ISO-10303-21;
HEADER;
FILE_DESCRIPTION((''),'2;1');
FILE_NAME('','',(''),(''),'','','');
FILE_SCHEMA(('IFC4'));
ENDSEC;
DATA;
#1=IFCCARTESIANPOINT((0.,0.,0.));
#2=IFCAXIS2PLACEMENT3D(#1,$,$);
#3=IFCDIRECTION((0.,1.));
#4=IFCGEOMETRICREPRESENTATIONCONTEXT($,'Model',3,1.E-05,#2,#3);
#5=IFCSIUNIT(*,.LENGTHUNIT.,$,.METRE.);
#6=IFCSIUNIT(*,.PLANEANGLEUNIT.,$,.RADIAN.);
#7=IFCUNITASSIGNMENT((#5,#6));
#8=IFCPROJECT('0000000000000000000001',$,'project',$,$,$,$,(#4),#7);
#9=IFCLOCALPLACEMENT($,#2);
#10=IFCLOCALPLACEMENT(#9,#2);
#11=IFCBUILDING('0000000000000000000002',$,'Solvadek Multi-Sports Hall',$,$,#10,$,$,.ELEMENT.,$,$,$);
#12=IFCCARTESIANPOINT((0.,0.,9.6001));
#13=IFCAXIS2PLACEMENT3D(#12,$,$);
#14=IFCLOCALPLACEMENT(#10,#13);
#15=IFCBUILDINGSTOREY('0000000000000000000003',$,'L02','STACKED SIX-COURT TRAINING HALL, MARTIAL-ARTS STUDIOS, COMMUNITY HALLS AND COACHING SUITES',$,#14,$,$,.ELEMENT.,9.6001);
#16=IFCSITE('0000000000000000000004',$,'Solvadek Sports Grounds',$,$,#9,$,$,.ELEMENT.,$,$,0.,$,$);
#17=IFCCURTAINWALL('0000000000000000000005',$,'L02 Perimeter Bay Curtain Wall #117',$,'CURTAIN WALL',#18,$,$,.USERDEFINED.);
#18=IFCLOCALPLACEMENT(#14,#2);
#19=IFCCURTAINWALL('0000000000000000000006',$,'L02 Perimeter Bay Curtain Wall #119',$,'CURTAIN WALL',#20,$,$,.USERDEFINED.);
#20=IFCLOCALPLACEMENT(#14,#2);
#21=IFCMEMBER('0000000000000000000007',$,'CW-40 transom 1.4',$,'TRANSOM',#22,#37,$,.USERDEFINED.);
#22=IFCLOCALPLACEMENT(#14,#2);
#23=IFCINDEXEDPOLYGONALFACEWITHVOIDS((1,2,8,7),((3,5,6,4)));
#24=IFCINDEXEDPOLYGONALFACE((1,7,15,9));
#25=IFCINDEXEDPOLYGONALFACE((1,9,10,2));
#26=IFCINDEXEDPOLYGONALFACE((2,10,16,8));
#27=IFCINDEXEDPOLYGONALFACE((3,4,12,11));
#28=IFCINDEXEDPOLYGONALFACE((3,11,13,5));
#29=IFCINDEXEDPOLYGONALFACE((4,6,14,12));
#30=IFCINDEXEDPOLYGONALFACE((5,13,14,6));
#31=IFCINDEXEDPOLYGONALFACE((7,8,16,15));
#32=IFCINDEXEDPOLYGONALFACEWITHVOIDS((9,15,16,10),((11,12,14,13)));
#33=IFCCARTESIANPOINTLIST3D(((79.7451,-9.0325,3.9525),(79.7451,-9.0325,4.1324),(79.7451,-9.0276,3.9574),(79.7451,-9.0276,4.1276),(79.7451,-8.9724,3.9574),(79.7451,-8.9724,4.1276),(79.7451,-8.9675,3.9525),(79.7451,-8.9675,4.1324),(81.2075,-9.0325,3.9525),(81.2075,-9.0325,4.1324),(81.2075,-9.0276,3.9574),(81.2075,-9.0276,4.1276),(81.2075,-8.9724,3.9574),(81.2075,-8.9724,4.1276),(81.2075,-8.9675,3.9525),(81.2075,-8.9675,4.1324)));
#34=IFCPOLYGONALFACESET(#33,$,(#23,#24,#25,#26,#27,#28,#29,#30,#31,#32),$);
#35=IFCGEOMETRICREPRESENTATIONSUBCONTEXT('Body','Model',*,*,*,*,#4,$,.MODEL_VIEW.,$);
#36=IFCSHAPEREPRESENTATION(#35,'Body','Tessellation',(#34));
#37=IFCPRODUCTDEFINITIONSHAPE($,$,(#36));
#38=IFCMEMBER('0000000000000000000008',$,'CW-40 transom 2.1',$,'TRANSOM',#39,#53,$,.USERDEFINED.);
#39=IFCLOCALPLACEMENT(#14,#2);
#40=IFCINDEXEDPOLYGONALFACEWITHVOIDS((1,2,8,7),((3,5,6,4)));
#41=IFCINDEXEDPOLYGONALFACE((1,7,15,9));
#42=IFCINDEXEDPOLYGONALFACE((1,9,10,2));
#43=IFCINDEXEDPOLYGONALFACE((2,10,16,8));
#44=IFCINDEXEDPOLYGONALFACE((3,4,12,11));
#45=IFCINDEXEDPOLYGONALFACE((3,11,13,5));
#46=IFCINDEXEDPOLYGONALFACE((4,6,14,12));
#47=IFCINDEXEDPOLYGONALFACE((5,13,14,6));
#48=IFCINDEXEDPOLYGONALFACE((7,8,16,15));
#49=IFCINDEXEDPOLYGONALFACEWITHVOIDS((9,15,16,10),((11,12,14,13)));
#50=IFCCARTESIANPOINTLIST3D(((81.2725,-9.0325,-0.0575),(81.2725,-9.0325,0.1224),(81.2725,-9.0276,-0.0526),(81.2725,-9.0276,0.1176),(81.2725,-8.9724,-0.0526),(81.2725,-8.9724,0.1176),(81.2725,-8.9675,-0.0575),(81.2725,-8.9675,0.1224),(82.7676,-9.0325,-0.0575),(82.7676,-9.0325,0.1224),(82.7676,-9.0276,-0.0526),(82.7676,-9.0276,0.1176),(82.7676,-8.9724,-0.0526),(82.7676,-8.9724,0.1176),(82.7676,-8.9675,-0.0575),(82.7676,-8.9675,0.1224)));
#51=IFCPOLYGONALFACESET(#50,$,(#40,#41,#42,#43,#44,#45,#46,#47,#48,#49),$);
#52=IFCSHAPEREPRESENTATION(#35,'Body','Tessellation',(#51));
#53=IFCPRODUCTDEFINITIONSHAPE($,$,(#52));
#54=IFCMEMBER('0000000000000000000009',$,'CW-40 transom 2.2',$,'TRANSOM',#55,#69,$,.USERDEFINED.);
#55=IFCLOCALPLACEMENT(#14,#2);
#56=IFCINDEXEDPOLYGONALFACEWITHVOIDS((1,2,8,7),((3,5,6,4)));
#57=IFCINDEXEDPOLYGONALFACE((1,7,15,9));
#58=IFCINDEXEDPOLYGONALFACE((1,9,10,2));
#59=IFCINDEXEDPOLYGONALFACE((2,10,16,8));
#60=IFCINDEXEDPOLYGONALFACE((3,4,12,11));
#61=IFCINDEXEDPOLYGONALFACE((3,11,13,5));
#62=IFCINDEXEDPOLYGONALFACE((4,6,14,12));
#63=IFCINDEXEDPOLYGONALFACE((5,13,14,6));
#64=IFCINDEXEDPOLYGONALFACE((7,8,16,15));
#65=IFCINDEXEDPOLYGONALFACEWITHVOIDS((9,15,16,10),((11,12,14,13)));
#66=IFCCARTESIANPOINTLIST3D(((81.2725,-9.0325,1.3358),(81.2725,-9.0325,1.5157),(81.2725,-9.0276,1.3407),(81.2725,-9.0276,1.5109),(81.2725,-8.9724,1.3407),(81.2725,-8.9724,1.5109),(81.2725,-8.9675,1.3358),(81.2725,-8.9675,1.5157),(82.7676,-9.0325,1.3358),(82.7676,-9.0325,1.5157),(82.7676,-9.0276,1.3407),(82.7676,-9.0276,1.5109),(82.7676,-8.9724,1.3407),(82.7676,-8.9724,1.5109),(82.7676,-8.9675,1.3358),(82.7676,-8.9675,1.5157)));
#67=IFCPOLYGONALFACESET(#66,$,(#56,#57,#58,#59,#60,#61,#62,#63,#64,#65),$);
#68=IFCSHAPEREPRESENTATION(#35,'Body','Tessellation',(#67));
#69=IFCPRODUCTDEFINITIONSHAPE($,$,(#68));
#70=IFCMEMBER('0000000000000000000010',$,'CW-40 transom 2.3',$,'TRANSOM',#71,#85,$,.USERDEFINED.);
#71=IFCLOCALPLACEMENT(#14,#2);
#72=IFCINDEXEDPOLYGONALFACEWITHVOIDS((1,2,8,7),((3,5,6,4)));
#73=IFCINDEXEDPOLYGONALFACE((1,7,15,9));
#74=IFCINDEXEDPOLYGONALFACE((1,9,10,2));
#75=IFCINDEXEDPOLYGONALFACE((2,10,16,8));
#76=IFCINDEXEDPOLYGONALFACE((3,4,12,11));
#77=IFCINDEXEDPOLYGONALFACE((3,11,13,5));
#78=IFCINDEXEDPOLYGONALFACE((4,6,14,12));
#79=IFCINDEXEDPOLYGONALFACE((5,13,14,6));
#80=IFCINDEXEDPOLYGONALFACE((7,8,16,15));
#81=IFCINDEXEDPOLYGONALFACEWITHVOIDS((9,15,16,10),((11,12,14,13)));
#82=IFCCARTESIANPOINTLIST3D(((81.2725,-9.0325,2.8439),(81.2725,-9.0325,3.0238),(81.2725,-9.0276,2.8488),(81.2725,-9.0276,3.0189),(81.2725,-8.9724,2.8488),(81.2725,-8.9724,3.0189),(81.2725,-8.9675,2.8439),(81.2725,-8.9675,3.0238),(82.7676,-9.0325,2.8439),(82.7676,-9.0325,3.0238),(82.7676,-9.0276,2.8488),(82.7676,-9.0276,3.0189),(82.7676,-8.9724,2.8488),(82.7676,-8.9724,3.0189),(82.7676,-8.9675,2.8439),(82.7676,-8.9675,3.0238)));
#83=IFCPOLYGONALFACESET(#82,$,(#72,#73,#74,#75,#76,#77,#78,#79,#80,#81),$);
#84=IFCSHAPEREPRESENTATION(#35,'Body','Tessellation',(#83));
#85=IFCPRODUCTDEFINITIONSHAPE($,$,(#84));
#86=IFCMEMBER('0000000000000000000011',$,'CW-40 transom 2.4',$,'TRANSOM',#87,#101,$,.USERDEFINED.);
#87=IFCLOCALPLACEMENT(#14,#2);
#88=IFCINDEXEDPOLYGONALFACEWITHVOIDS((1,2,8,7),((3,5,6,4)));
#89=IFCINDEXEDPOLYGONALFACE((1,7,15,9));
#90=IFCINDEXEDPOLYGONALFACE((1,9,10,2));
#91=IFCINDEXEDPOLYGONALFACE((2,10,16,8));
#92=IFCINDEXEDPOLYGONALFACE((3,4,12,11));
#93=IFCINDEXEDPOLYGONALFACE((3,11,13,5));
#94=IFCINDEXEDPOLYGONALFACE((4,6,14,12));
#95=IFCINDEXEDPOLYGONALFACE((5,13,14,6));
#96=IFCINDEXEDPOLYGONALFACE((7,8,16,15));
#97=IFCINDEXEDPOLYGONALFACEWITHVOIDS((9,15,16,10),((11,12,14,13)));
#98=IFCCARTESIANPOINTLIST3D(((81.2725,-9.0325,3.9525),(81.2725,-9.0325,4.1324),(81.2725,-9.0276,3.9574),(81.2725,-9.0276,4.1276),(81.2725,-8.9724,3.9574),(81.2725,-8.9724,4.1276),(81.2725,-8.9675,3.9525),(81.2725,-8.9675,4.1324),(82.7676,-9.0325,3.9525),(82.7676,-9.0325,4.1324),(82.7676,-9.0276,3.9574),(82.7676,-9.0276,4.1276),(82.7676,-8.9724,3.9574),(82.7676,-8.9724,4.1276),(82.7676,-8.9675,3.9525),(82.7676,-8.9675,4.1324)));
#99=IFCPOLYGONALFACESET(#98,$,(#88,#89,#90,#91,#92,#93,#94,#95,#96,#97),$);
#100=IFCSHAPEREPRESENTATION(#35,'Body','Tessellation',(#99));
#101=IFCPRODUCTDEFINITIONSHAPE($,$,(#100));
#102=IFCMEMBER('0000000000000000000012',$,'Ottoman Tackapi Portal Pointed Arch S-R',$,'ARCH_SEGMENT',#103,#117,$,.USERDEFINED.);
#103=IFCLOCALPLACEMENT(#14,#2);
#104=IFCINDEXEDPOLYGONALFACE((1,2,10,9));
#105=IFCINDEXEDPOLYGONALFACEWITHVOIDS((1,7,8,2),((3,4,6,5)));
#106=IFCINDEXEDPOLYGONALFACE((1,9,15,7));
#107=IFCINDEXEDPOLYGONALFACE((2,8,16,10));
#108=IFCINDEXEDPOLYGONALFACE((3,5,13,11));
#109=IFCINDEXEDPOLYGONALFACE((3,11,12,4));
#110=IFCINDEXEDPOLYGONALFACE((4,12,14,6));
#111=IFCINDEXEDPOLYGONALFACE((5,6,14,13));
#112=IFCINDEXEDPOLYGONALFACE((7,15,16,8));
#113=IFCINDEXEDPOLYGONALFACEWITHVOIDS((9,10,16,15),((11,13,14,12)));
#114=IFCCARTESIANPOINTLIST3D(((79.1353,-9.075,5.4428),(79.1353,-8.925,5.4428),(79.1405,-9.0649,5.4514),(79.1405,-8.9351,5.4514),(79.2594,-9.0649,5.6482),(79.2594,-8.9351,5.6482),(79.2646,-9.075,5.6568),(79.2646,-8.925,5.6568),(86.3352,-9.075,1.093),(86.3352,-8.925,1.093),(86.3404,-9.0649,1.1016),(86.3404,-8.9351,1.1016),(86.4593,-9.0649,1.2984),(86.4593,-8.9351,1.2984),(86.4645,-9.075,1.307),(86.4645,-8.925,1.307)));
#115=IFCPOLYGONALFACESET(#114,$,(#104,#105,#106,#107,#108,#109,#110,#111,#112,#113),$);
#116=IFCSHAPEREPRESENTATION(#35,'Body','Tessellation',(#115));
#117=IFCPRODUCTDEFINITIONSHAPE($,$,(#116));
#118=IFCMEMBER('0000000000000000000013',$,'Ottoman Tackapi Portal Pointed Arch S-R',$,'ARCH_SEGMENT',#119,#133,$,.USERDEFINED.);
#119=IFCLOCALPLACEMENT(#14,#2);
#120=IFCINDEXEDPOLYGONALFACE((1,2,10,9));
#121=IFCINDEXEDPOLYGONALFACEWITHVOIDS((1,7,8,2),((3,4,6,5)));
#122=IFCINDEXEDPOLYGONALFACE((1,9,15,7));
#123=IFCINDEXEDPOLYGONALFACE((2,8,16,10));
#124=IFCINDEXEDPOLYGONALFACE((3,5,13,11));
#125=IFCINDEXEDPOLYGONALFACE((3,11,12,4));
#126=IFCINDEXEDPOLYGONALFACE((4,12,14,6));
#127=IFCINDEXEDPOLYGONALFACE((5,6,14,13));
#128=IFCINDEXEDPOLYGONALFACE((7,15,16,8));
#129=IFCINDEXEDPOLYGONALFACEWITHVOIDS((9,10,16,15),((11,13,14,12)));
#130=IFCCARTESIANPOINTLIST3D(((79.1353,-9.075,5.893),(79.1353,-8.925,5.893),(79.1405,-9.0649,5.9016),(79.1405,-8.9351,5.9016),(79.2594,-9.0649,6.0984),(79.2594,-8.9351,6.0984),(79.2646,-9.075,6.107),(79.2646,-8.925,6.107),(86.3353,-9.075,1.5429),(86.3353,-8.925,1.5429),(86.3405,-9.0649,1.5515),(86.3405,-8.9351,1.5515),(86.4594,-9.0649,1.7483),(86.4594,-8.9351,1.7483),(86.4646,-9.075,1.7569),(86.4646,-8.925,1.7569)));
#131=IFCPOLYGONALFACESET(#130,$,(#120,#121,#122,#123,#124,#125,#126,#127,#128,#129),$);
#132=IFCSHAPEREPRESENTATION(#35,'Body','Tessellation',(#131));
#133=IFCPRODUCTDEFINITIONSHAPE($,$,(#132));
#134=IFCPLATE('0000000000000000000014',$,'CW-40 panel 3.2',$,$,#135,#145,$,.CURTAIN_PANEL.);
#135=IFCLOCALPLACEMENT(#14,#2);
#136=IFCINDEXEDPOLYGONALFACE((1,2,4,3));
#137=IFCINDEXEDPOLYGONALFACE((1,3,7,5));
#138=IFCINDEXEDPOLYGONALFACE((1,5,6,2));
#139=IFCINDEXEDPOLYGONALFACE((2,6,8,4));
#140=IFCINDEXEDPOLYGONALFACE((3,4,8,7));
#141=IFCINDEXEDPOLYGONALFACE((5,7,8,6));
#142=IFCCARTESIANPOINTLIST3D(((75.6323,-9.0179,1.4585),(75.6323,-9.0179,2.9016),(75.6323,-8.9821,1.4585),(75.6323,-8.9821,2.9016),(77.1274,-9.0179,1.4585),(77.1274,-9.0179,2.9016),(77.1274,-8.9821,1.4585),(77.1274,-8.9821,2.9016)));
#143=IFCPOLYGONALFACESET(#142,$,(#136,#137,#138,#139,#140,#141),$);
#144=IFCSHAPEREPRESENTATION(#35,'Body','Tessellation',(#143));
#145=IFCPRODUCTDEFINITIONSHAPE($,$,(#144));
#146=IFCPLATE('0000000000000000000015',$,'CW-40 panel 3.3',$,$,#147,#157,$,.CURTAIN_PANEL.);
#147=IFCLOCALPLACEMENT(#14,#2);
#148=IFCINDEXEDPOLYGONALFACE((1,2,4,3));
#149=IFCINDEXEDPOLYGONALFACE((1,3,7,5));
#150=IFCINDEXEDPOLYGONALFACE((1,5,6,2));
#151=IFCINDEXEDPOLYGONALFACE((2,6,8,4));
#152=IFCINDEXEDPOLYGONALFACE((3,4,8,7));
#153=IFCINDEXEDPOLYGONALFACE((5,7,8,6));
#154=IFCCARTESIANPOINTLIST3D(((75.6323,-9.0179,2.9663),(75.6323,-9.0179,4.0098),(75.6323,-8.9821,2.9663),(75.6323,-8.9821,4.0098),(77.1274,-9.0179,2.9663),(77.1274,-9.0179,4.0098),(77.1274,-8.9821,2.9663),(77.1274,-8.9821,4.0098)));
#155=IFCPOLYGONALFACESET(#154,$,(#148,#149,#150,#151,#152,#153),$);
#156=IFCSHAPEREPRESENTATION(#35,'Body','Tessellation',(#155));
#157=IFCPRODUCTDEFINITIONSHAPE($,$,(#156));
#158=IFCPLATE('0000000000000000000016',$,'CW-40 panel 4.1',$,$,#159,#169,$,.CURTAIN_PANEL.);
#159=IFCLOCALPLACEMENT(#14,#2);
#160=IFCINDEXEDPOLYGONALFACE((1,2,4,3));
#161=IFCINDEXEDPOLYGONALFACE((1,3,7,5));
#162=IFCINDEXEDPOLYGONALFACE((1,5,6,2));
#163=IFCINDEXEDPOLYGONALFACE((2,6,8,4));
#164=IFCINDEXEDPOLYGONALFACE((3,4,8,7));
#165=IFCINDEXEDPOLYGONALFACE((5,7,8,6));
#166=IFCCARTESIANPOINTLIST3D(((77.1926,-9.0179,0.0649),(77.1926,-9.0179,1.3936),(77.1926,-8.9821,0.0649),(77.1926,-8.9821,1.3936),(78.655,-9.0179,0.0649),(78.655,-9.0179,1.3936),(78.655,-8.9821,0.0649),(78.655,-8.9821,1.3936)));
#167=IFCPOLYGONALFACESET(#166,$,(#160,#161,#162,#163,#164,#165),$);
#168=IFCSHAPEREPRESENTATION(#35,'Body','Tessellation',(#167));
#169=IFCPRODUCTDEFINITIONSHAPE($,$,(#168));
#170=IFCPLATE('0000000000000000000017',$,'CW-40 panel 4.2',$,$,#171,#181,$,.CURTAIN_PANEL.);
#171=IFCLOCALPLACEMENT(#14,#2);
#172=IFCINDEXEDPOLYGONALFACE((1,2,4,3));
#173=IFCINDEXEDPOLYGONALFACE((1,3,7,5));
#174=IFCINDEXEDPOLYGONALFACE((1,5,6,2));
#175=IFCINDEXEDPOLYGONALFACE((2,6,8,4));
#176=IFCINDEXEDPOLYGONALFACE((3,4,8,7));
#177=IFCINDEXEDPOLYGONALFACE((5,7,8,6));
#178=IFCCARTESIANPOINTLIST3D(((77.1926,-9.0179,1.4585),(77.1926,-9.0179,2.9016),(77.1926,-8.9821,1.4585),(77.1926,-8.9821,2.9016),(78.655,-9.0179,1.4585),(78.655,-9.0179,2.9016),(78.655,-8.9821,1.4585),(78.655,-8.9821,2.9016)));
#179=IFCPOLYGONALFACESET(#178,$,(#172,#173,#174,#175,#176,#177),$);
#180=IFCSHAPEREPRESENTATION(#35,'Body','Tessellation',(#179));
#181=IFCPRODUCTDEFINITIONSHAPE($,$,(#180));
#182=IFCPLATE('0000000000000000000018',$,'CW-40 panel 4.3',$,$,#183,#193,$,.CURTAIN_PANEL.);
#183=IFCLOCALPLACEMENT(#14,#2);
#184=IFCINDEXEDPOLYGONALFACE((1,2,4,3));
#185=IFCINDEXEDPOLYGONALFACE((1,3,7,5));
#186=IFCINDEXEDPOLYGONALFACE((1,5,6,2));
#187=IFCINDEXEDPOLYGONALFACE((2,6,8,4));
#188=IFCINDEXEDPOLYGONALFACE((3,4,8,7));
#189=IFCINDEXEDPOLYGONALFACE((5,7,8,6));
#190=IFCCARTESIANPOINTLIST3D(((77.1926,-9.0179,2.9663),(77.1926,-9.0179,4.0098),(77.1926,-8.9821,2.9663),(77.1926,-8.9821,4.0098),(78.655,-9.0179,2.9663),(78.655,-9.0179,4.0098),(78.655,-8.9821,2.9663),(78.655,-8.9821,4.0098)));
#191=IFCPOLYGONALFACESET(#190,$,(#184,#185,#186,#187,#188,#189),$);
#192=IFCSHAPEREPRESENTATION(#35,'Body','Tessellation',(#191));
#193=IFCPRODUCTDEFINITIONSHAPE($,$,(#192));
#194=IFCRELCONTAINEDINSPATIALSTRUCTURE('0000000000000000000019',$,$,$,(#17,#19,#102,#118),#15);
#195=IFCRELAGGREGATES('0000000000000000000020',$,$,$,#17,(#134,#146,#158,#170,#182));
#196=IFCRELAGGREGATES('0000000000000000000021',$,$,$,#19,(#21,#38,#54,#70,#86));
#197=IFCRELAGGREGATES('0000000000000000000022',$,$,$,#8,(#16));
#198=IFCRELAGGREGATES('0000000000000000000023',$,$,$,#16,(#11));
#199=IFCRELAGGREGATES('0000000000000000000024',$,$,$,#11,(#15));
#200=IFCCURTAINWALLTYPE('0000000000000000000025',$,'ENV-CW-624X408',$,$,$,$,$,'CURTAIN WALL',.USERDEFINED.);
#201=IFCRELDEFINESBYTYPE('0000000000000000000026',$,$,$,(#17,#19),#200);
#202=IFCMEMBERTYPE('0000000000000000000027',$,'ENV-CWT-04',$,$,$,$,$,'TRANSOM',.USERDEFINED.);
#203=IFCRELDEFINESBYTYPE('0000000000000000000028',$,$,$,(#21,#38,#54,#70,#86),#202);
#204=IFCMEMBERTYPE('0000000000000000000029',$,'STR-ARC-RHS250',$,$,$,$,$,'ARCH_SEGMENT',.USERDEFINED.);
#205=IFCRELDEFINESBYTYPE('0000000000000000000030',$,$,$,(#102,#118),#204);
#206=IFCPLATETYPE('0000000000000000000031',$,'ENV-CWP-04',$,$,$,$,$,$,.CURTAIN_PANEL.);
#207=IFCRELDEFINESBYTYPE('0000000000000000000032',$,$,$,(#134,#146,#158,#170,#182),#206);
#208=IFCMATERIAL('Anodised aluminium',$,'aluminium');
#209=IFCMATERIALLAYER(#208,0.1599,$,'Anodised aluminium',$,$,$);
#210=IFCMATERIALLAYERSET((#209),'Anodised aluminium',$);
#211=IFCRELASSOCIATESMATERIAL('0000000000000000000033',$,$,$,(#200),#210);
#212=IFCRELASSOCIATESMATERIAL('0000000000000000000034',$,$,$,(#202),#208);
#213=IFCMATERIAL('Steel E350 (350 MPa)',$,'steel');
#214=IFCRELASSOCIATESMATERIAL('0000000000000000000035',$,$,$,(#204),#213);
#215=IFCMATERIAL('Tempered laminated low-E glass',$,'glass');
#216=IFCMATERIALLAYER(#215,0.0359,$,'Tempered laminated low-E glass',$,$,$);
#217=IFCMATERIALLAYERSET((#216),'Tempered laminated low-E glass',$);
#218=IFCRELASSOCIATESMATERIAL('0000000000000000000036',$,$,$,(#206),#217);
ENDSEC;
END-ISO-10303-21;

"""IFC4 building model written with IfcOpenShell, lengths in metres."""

from ifc_helpers import new_model, si_unit, direction, frame, origin, origin_2d, place, context, subcontext, project, spatial, rectangle, hollow_rectangle, extrude, material, layer, layer_set, material_profile, profile_set, type_object, element, aggregate, save


model = new_model("IFC4")

# Units and contexts
model_context = context("Model", 3, precision=1e-05, world=origin(), true_north=direction((0.0, 1.0)))
body_context = subcontext(model_context, "Body", "Model", "MODEL_VIEW")
ifc_project = project(units=[si_unit("LENGTHUNIT", "METRE"), si_unit("PLANEANGLEUNIT", "RADIAN")], contexts=[model_context])

# Site, building, storey
site_placement = place(None, origin())
site = spatial("IfcSite", under=ifc_project, at=site_placement, Name="Solvadek Sports Grounds", CompositionType="ELEMENT", RefElevation=0.0)
building_placement = place(site_placement, origin())
building = spatial("IfcBuilding", under=site, at=building_placement, Name="Solvadek Multi-Sports Hall", CompositionType="ELEMENT")
storey_placement = place(building_placement, frame((0.0, 0.0, 9.6001)))
storey = spatial("IfcBuildingStorey", under=building, at=storey_placement, Name="L02", Description="STACKED SIX-COURT TRAINING HALL, MARTIAL-ARTS STUDIOS, COMMUNITY HALLS AND COACHING SUITES", CompositionType="ELEMENT", Elevation=9.6001)

# Curtain walls
ifc_material_1 = material(Name="Anodised aluminium", Category="aluminium")
ifc_layer_1 = layer(ifc_material_1, 0.1599, Name="Anodised aluminium")
ifc_layer_set_1 = layer_set([ifc_layer_1], Name="Anodised aluminium")
curtain_wall_type = type_object("IfcCurtainWallType", Name="ENV-CW-624X408", ElementType="CURTAIN WALL", PredefinedType="USERDEFINED", material=ifc_layer_set_1)
curtain_wall_1_placement = place(storey_placement, origin())
curtain_wall_1 = element("IfcCurtainWall", 1, at=curtain_wall_1_placement, inside=storey, type_object=curtain_wall_type, Name="L02 Perimeter Bay Curtain Wall #117", ObjectType="CURTAIN WALL", PredefinedType="USERDEFINED")
curtain_wall_2_placement = place(storey_placement, origin())
curtain_wall_2 = element("IfcCurtainWall", 2, at=curtain_wall_2_placement, inside=storey, type_object=curtain_wall_type, Name="L02 Perimeter Bay Curtain Wall #119", ObjectType="CURTAIN WALL", PredefinedType="USERDEFINED")

# Members
ifc_material_profile_1 = material_profile(ifc_material_1, hollow_rectangle(XDim=0.0649, YDim=0.1799, WallThickness=0.0049, at=origin_2d()), Name="ALU-T 180x65x5")
ifc_profile_set_1 = profile_set([ifc_material_profile_1], Name="Anodised aluminium")
member_type_1 = type_object("IfcMemberType", Name="ENV-CWT-04", ElementType="TRANSOM", PredefinedType="USERDEFINED", material=ifc_profile_set_1)
member_1_placement = place(storey_placement, frame((79.7451, -9.0, 4.0425), z_axis=(1.0, 0.0, 0.0), x_axis=(0.0, 1.0, 0.0)))
member_1 = element("IfcMember", 3, at=member_1_placement, type_object=member_type_1, Name="CW-40 transom 1.4", ObjectType="TRANSOM", PredefinedType="USERDEFINED", context=body_context, shape_type="SweptSolid", body=[
    extrude(hollow_rectangle(XDim=0.0649, YDim=0.1799, WallThickness=0.0049, at=origin_2d()), origin(), (0.0, 0.0, 1.0), 1.4624),
])
member_2_placement = place(storey_placement, frame((81.2725, -9.0, 0.0325), z_axis=(1.0, 0.0, 0.0), x_axis=(0.0, 1.0, 0.0)))
member_2 = element("IfcMember", 4, at=member_2_placement, type_object=member_type_1, Name="CW-40 transom 2.1", ObjectType="TRANSOM", PredefinedType="USERDEFINED", context=body_context, shape_type="SweptSolid", body=[
    extrude(hollow_rectangle(XDim=0.0649, YDim=0.1799, WallThickness=0.0049, at=origin_2d()), origin(), (0.0, 0.0, 1.0), 1.4951),
])
member_3_placement = place(storey_placement, frame((81.2725, -9.0, 1.4258), z_axis=(1.0, 0.0, 0.0), x_axis=(0.0, 1.0, 0.0)))
member_3 = element("IfcMember", 5, at=member_3_placement, type_object=member_type_1, Name="CW-40 transom 2.2", ObjectType="TRANSOM", PredefinedType="USERDEFINED", context=body_context, shape_type="SweptSolid", body=[
    extrude(hollow_rectangle(XDim=0.0649, YDim=0.1799, WallThickness=0.0049, at=origin_2d()), origin(), (0.0, 0.0, 1.0), 1.4951),
])
member_4_placement = place(storey_placement, frame((81.2725, -9.0, 2.9338), z_axis=(1.0, 0.0, 0.0), x_axis=(0.0, 1.0, 0.0)))
member_4 = element("IfcMember", 6, at=member_4_placement, type_object=member_type_1, Name="CW-40 transom 2.3", ObjectType="TRANSOM", PredefinedType="USERDEFINED", context=body_context, shape_type="SweptSolid", body=[
    extrude(hollow_rectangle(XDim=0.0649, YDim=0.1799, WallThickness=0.0049, at=origin_2d()), origin(), (0.0, 0.0, 1.0), 1.4951),
])
member_5_placement = place(storey_placement, frame((81.2725, -9.0, 4.0425), z_axis=(1.0, 0.0, 0.0), x_axis=(0.0, 1.0, 0.0)))
member_5 = element("IfcMember", 7, at=member_5_placement, type_object=member_type_1, Name="CW-40 transom 2.4", ObjectType="TRANSOM", PredefinedType="USERDEFINED", context=body_context, shape_type="SweptSolid", body=[
    extrude(hollow_rectangle(XDim=0.0649, YDim=0.1799, WallThickness=0.0049, at=origin_2d()), origin(), (0.0, 0.0, 1.0), 1.4951),
])

# Members
ifc_material_2 = material(Name="Steel E350 (350 MPa)", Category="steel")
ifc_material_profile_2 = material_profile(ifc_material_2, hollow_rectangle(XDim=0.1499, YDim=0.25, WallThickness=0.01, at=origin_2d()), Name="RHS 250x150x10")
ifc_profile_set_2 = profile_set([ifc_material_profile_2], Name="Steel E350 (350 MPa)")
member_type_2 = type_object("IfcMemberType", Name="STR-ARC-RHS250", ElementType="ARCH_SEGMENT", PredefinedType="USERDEFINED", material=ifc_profile_set_2)
member_6_placement = place(storey_placement, frame((79.2, -9.0, 5.5498), z_axis=(0.855922, 0.0, -0.517105), x_axis=(0.0, 1.0, 0.0)))
element("IfcMember", 8, at=member_6_placement, inside=storey, type_object=member_type_2, Name="Ottoman Tackapi Portal Pointed Arch S-R", ObjectType="ARCH_SEGMENT", PredefinedType="USERDEFINED", context=body_context, shape_type="SweptSolid", body=[
    extrude(hollow_rectangle(XDim=0.1499, YDim=0.25, WallThickness=0.01, at=origin_2d()), origin(), (0.0, 0.0, 1.0), 8.4119),
])
member_7_placement = place(storey_placement, frame((79.2, -9.0, 6.0), z_axis=(0.855909, 0.0, -0.517127), x_axis=(0.0, 1.0, 0.0)))
element("IfcMember", 9, at=member_7_placement, inside=storey, type_object=member_type_2, Name="Ottoman Tackapi Portal Pointed Arch S-R", ObjectType="ARCH_SEGMENT", PredefinedType="USERDEFINED", context=body_context, shape_type="SweptSolid", body=[
    extrude(hollow_rectangle(XDim=0.1499, YDim=0.25, WallThickness=0.01, at=origin_2d()), origin(), (0.0, 0.0, 1.0), 8.4121),
])

# Plates
ifc_material_3 = material(Name="Tempered laminated low-E glass", Category="glass")
ifc_layer_2 = layer(ifc_material_3, 0.0359, Name="Tempered laminated low-E glass")
ifc_layer_set_2 = layer_set([ifc_layer_2], Name="Tempered laminated low-E glass")
plate_type = type_object("IfcPlateType", Name="ENV-CWP-04", PredefinedType="CURTAIN_PANEL", material=ifc_layer_set_2)
plate_1_placement = place(storey_placement, frame((76.3799, -9.0, 1.4585), z_axis=(0.0, 0.0, 1.0), x_axis=(1.0, 0.0, 0.0)))
plate_1 = element("IfcPlate", 10, at=plate_1_placement, type_object=plate_type, Name="CW-40 panel 3.2", PredefinedType="CURTAIN_PANEL", context=body_context, shape_type="SweptSolid", body=[
    extrude(rectangle(XDim=1.4951, YDim=0.0359, at=origin_2d()), origin(), (0.0, 0.0, 1.0), 1.4431),
])
plate_2_placement = place(storey_placement, frame((76.3799, -9.0, 2.9663), z_axis=(0.0, 0.0, 1.0), x_axis=(1.0, 0.0, 0.0)))
plate_2 = element("IfcPlate", 11, at=plate_2_placement, type_object=plate_type, Name="CW-40 panel 3.3", PredefinedType="CURTAIN_PANEL", context=body_context, shape_type="SweptSolid", body=[
    extrude(rectangle(XDim=1.4951, YDim=0.0359, at=origin_2d()), origin(), (0.0, 0.0, 1.0), 1.0435),
])
plate_3_placement = place(storey_placement, frame((77.9238, -9.0, 0.0649), z_axis=(0.0, 0.0, 1.0), x_axis=(1.0, 0.0, 0.0)))
plate_3 = element("IfcPlate", 12, at=plate_3_placement, type_object=plate_type, Name="CW-40 panel 4.1", PredefinedType="CURTAIN_PANEL", context=body_context, shape_type="SweptSolid", body=[
    extrude(rectangle(XDim=1.4624, YDim=0.0359, at=origin_2d()), origin(), (0.0, 0.0, 1.0), 1.3286),
])
plate_4_placement = place(storey_placement, frame((77.9238, -9.0, 1.4585), z_axis=(0.0, 0.0, 1.0), x_axis=(1.0, 0.0, 0.0)))
plate_4 = element("IfcPlate", 13, at=plate_4_placement, type_object=plate_type, Name="CW-40 panel 4.2", PredefinedType="CURTAIN_PANEL", context=body_context, shape_type="SweptSolid", body=[
    extrude(rectangle(XDim=1.4624, YDim=0.0359, at=origin_2d()), origin(), (0.0, 0.0, 1.0), 1.4431),
])
plate_5_placement = place(storey_placement, frame((77.9238, -9.0, 2.9663), z_axis=(0.0, 0.0, 1.0), x_axis=(1.0, 0.0, 0.0)))
plate_5 = element("IfcPlate", 14, at=plate_5_placement, type_object=plate_type, Name="CW-40 panel 4.3", PredefinedType="CURTAIN_PANEL", context=body_context, shape_type="SweptSolid", body=[
    extrude(rectangle(XDim=1.4624, YDim=0.0359, at=origin_2d()), origin(), (0.0, 0.0, 1.0), 1.0435),
])
aggregate(curtain_wall_1, [plate_1, plate_2, plate_3, plate_4, plate_5])
aggregate(curtain_wall_2, [member_1, member_2, member_3, member_4, member_5])

save(model, "model.ifc")
